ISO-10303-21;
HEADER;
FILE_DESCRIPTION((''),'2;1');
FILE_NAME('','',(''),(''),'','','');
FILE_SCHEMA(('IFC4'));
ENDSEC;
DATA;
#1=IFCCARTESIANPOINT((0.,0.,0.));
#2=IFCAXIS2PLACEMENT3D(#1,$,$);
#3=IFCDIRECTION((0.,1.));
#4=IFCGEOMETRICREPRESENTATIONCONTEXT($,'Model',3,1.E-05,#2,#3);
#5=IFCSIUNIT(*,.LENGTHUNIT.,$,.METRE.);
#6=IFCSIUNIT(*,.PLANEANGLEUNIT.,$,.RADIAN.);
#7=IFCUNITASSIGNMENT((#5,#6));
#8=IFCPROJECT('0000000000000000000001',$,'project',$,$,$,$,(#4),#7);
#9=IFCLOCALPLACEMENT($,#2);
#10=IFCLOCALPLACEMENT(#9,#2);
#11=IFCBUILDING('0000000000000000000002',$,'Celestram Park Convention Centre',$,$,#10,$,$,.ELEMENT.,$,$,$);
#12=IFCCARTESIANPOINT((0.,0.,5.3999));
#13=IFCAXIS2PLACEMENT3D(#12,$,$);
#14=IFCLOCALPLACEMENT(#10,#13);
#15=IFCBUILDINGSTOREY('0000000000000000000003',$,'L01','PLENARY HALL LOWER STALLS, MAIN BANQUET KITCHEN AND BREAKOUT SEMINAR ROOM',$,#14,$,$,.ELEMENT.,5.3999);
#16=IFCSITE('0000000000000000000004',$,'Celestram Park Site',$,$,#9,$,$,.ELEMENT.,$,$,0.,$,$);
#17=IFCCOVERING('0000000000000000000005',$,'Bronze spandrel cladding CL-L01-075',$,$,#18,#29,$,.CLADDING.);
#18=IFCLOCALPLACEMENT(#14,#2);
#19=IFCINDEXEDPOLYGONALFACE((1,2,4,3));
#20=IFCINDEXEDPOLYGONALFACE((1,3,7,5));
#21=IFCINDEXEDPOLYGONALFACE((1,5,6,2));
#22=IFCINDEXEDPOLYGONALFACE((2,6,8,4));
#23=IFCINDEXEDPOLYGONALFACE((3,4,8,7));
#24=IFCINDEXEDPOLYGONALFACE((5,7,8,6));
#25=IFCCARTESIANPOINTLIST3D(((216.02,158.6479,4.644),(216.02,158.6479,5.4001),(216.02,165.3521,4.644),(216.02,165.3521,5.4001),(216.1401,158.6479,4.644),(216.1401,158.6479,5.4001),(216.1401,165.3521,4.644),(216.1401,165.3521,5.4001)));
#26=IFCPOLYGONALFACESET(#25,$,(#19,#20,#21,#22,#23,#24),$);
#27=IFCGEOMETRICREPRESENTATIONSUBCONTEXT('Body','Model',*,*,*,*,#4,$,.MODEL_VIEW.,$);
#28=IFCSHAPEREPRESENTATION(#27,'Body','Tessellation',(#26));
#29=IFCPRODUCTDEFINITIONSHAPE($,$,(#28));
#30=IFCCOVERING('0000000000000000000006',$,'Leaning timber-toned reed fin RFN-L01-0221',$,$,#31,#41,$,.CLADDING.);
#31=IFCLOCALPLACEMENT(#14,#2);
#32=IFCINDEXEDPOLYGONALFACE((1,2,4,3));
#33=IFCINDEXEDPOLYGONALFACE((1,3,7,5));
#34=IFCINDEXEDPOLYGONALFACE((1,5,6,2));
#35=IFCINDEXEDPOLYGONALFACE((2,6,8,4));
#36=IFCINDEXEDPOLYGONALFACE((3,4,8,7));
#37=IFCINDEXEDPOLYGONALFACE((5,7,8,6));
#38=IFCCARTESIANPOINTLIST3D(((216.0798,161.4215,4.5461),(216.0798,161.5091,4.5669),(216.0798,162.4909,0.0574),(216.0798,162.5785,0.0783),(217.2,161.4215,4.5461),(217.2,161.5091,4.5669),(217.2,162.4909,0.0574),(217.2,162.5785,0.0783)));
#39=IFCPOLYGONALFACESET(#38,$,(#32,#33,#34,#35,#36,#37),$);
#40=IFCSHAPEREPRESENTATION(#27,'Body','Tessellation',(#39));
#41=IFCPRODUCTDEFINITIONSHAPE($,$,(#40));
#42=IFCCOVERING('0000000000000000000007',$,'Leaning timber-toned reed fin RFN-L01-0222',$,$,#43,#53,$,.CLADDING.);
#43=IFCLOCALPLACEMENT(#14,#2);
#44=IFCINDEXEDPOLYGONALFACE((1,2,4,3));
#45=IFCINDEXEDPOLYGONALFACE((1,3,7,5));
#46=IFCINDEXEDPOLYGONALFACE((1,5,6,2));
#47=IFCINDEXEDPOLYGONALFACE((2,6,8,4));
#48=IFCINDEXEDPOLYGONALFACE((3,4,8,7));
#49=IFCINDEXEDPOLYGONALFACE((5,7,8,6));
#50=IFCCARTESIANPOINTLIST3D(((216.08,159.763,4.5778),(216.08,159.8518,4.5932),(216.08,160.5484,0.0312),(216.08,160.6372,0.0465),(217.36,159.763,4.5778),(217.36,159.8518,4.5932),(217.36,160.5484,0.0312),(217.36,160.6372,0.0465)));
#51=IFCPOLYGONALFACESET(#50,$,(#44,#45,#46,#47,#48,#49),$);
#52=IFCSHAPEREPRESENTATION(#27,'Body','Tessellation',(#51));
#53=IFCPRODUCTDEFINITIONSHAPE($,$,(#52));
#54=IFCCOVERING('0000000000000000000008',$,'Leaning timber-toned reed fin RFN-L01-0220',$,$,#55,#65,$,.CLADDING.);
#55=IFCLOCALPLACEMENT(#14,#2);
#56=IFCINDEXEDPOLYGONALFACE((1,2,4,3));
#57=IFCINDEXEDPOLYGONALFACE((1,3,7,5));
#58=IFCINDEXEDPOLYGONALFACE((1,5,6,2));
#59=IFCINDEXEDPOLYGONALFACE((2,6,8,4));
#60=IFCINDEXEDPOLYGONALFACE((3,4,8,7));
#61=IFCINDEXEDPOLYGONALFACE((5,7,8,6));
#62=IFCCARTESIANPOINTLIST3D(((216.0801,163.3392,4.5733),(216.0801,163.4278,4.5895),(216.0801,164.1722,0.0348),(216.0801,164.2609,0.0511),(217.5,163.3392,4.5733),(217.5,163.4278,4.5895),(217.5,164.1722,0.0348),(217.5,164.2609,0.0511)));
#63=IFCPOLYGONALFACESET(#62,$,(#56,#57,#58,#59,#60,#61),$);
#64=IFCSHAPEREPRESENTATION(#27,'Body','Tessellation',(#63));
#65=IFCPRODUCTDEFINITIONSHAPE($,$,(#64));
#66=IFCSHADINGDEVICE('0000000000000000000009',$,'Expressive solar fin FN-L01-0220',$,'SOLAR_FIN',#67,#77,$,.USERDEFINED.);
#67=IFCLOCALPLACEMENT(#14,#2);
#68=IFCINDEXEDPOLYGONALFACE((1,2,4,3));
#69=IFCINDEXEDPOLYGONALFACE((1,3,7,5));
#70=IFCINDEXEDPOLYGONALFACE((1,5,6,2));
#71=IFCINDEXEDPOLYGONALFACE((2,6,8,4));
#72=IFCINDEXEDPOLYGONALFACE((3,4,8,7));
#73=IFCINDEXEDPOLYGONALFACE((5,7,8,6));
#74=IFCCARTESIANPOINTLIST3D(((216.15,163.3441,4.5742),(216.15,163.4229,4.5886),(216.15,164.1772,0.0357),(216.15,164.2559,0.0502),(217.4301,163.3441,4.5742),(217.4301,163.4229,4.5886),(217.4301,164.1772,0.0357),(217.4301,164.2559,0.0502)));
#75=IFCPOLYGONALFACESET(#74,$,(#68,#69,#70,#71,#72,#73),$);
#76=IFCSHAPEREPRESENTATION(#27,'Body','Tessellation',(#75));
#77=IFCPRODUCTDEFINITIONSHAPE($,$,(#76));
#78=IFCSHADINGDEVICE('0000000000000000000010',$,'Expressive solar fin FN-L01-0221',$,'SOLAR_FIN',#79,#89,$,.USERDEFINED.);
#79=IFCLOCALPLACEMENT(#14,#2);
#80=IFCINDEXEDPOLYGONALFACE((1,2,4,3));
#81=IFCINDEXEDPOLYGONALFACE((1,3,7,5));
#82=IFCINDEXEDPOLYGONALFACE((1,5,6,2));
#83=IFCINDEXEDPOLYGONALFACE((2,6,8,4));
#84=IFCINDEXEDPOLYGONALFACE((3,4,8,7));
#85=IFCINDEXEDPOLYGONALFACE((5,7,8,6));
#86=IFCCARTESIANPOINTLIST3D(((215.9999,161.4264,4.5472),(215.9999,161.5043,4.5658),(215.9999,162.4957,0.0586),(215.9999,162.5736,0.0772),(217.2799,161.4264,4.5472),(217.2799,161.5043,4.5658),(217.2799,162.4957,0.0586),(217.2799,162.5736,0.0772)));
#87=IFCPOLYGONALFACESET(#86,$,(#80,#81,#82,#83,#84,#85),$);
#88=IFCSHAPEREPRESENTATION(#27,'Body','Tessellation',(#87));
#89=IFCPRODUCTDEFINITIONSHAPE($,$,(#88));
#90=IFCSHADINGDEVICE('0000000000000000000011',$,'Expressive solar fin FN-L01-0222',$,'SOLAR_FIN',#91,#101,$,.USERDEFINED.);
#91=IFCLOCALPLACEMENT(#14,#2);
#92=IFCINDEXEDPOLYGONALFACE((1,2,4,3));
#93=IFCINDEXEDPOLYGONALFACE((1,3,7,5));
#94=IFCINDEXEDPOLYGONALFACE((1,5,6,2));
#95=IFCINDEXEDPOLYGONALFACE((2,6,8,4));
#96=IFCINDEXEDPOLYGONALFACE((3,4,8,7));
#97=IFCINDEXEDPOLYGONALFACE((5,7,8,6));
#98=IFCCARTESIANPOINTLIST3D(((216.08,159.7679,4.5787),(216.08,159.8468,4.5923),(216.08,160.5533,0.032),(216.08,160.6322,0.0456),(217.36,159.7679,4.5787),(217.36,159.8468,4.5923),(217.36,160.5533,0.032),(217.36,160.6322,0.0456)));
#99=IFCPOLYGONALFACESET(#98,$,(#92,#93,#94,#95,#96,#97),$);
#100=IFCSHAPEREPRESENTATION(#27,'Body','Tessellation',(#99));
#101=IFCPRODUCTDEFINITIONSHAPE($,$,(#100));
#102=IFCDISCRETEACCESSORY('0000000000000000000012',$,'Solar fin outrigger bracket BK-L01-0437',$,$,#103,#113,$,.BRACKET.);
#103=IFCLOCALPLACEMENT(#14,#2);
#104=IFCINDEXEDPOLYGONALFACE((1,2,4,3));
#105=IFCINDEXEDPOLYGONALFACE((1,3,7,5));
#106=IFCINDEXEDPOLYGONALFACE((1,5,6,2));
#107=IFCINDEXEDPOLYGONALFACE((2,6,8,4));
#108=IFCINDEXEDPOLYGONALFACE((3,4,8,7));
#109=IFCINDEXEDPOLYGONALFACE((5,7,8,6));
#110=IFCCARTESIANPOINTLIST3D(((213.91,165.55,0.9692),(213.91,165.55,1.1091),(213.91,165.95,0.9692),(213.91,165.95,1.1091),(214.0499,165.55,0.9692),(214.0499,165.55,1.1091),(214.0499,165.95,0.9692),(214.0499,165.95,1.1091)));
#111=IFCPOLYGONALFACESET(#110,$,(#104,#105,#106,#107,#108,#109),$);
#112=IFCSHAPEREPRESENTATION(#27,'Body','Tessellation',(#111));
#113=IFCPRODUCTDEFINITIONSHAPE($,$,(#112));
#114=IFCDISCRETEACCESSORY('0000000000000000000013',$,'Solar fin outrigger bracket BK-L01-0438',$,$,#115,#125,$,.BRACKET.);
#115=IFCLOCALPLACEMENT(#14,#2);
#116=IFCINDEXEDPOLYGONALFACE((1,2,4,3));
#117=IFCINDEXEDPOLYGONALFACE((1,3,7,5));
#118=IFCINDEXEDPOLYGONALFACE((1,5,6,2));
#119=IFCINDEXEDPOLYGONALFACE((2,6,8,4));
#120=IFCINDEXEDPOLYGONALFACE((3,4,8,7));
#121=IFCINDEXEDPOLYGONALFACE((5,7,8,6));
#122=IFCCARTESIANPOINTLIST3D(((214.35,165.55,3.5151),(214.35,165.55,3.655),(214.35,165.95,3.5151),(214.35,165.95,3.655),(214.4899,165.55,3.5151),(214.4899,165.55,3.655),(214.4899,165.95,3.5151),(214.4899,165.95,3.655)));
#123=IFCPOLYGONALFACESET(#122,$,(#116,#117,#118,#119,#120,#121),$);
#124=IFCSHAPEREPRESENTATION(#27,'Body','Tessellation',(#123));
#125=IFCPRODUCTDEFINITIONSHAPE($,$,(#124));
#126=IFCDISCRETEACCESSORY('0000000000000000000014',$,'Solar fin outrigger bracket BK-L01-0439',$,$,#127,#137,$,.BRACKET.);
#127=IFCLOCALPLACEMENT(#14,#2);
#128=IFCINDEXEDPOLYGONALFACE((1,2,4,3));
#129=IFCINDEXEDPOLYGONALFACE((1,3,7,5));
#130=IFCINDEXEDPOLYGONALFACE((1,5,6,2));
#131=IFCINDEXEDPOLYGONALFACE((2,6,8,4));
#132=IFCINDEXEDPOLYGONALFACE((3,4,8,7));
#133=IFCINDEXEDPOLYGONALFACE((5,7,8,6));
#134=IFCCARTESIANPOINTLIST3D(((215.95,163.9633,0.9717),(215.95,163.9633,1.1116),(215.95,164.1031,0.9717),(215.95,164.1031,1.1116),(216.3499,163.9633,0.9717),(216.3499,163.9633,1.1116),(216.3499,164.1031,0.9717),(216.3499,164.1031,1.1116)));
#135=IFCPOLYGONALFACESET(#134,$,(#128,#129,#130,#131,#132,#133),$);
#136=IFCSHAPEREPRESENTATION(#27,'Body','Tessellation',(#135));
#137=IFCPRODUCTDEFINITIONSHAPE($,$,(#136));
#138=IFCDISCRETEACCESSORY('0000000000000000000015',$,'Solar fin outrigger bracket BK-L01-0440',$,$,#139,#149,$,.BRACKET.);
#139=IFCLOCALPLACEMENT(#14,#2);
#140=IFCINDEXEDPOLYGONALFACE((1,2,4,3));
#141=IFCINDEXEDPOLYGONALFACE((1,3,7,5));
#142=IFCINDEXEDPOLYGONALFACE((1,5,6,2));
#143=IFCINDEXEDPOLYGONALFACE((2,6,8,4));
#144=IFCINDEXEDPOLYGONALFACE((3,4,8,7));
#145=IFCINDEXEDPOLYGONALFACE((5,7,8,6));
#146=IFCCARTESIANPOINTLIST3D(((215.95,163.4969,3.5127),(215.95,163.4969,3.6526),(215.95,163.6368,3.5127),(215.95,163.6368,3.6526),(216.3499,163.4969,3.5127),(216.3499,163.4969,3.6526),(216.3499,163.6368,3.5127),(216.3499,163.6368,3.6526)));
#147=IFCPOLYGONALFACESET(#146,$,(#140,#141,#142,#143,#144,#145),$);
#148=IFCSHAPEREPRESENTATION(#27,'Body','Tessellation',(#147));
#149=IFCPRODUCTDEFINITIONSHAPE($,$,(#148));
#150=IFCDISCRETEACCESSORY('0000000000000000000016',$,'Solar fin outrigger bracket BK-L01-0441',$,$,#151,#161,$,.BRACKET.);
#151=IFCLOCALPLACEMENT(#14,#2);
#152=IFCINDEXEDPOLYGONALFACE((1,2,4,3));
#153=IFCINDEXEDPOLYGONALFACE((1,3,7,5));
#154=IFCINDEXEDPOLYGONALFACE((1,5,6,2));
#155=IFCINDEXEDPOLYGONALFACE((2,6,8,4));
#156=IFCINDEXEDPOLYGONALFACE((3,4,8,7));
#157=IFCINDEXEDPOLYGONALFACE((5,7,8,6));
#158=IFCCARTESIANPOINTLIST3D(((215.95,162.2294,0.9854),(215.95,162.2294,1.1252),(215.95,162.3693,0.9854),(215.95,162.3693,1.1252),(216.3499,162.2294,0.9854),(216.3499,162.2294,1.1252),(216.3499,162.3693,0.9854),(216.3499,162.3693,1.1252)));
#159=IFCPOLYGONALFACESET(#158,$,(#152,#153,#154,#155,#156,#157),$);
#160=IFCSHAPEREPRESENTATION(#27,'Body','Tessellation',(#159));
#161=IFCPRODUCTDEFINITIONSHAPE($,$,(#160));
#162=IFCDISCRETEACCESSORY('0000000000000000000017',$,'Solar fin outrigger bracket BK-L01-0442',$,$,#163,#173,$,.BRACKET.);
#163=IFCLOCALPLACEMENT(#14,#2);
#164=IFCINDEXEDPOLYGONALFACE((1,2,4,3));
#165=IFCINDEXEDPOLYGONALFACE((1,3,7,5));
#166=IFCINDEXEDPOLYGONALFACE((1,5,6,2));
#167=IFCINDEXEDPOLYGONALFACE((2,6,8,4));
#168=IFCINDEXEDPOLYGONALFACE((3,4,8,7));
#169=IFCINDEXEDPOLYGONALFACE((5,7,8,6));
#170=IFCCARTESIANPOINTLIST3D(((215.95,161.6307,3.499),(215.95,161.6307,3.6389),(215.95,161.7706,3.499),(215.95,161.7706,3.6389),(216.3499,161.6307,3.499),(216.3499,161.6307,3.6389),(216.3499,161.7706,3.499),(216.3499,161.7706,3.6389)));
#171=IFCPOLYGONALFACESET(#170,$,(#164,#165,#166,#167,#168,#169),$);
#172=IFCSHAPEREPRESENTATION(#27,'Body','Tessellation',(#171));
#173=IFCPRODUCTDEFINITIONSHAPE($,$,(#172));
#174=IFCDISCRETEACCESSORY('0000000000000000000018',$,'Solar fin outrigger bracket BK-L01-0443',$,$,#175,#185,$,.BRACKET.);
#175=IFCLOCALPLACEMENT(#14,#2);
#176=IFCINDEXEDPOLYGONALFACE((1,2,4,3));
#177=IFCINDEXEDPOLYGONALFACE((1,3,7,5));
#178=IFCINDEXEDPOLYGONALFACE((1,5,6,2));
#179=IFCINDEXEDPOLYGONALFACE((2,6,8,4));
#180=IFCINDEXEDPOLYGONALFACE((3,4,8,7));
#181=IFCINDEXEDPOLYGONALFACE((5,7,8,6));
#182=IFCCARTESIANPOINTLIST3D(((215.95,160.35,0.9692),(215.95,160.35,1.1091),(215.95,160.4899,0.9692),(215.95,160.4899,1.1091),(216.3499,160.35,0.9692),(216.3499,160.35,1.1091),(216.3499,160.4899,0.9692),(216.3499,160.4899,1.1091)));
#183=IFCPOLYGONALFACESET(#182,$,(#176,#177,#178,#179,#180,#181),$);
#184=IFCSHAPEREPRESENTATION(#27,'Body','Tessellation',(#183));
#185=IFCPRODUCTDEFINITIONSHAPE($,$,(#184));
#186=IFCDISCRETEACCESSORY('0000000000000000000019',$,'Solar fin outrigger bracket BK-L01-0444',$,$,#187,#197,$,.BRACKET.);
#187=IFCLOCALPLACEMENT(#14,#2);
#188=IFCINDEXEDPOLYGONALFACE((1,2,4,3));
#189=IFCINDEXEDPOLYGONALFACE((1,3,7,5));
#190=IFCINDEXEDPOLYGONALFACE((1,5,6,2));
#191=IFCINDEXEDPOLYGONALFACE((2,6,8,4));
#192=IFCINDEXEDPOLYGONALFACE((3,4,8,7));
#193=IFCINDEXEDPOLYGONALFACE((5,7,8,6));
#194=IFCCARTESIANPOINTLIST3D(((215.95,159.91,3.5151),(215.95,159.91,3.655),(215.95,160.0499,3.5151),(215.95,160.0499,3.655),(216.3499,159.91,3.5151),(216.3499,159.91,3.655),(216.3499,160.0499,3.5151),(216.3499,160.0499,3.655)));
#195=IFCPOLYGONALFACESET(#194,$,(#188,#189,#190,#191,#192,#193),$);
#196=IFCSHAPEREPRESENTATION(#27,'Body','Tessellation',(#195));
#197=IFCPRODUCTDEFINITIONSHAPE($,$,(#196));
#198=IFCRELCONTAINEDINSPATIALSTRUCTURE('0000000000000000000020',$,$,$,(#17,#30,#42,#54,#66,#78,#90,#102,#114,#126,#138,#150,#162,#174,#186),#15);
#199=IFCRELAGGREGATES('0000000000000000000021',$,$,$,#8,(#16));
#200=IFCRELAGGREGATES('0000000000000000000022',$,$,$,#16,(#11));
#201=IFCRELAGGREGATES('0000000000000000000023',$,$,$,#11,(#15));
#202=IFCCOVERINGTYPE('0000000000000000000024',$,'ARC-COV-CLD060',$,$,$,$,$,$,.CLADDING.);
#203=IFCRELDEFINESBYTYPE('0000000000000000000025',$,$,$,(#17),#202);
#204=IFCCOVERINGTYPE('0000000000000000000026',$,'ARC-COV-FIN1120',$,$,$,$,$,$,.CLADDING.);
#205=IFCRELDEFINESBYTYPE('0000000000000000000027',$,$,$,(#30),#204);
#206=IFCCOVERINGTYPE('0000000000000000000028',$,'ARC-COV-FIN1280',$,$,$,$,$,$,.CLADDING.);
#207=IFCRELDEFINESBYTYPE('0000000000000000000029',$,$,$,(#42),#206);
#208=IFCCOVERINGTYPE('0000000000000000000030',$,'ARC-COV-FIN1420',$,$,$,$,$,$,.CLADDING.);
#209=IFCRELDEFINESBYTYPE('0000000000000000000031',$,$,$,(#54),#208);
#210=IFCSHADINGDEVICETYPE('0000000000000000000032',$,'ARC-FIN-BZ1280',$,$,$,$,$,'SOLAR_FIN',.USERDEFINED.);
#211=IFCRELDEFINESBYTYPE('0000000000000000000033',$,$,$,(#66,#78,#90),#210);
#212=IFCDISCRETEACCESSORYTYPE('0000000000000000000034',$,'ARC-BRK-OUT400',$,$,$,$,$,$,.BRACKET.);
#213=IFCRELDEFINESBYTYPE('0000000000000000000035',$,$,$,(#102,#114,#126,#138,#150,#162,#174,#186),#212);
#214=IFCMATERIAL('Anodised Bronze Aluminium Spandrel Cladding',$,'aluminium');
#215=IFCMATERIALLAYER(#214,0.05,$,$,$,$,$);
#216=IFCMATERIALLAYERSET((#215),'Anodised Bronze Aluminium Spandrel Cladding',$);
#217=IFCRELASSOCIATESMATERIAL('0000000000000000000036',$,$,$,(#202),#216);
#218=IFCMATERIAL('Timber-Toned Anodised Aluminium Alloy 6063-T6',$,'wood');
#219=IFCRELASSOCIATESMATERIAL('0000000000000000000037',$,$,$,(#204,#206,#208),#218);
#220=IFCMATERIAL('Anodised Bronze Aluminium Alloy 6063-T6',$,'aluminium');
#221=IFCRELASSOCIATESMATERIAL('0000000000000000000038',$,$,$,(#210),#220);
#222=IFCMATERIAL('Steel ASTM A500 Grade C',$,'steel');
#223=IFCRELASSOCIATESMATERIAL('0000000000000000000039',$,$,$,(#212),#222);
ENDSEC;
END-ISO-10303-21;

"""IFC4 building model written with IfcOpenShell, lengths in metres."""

from ifc_helpers import new_model, si_unit, direction, frame, origin, origin_2d, place, context, subcontext, project, spatial, rectangle, extrude, material, layer, layer_set, material_profile, profile_set, type_object, element, save


model = new_model("IFC4")

# Units and contexts
model_context = context("Model", 3, precision=1e-05, world=origin(), true_north=direction((0.0, 1.0)))
body_context = subcontext(model_context, "Body", "Model", "MODEL_VIEW")
ifc_project = project(units=[si_unit("LENGTHUNIT", "METRE"), si_unit("PLANEANGLEUNIT", "RADIAN")], contexts=[model_context])

# Site, building, storey
site_placement = place(None, origin())
site = spatial("IfcSite", under=ifc_project, at=site_placement, Name="Celestram Park Site", CompositionType="ELEMENT", RefElevation=0.0)
building_placement = place(site_placement, origin())
building = spatial("IfcBuilding", under=site, at=building_placement, Name="Celestram Park Convention Centre", CompositionType="ELEMENT")
storey_placement = place(building_placement, frame((0.0, 0.0, 5.3999)))
storey = spatial("IfcBuildingStorey", under=building, at=storey_placement, Name="L01", Description="PLENARY HALL LOWER STALLS, MAIN BANQUET KITCHEN AND BREAKOUT SEMINAR ROOM", CompositionType="ELEMENT", Elevation=5.3999)

# Shared definitions
ifc_material_1 = material(Name="Steel ASTM A500 Grade C", Category="steel")

# Coverings
ifc_material_2 = material(Name="Anodised Bronze Aluminium Spandrel Cladding", Category="aluminium")
ifc_layer_1 = layer(ifc_material_2, 0.05)
ifc_layer_set_1 = layer_set([ifc_layer_1], Name="Anodised Bronze Aluminium Spandrel Cladding")
covering_type_1 = type_object("IfcCoveringType", Name="ARC-COV-CLD060", PredefinedType="CLADDING", material=ifc_layer_set_1)
covering_1_placement = place(storey_placement, frame((216.0801, 162.0, 4.644), z_axis=(0.0, 0.0, 1.0), x_axis=(0.0, -1.0, 0.0)))
element("IfcCovering", 1, at=covering_1_placement, inside=storey, type_object=covering_type_1, Name="Bronze spandrel cladding CL-L01-075", PredefinedType="CLADDING", context=body_context, shape_type="SweptSolid", body=[
    extrude(rectangle(XDim=6.7041, YDim=0.1201, at=origin_2d()), origin(), (0.0, 0.0, 1.0), 0.7561),
])
ifc_material_3 = material(Name="Timber-Toned Anodised Aluminium Alloy 6063-T6", Category="wood")
ifc_material_profile_1 = material_profile(ifc_material_3, rectangle(XDim=1.1201, YDim=0.0901, at=origin_2d()), Name="REED1120X90")
ifc_profile_set_1 = profile_set([ifc_material_profile_1], Name="Timber-Toned Anodised Aluminium Alloy 6063-T6")
covering_type_2 = type_object("IfcCoveringType", Name="ARC-COV-FIN1120", PredefinedType="CLADDING", material=ifc_profile_set_1)
covering_2_placement = place(storey_placement, frame((216.6399, 162.5347, 0.0679), z_axis=(0.0, -0.231752, 0.972775), x_axis=(1.0, 0.0, 0.0)))
element("IfcCovering", 2, at=covering_2_placement, inside=storey, type_object=covering_type_2, Name="Leaning timber-toned reed fin RFN-L01-0221", PredefinedType="CLADDING", context=body_context, shape_type="SweptSolid", body=[
    extrude(rectangle(XDim=1.1201, YDim=0.0901, at=origin_2d()), origin(), (0.0, 0.0, 1.0), 4.6143),
])
ifc_material_profile_2 = material_profile(ifc_material_3, rectangle(XDim=1.28, YDim=0.0901, at=origin_2d()), Name="REED1280X90")
ifc_profile_set_2 = profile_set([ifc_material_profile_2], Name="Timber-Toned Anodised Aluminium Alloy 6063-T6")
covering_type_3 = type_object("IfcCoveringType", Name="ARC-COV-FIN1280", PredefinedType="CLADDING", material=ifc_profile_set_2)
covering_3_placement = place(storey_placement, frame((216.72, 160.5928, 0.0388), z_axis=(0.0, -0.170222, 0.985406), x_axis=(1.0, 0.0, 0.0)))
element("IfcCovering", 3, at=covering_3_placement, inside=storey, type_object=covering_type_3, Name="Leaning timber-toned reed fin RFN-L01-0222", PredefinedType="CLADDING", context=body_context, shape_type="SweptSolid", body=[
    extrude(rectangle(XDim=1.28, YDim=0.0901, at=origin_2d()), origin(), (0.0, 0.0, 1.0), 4.614),
])
ifc_material_profile_3 = material_profile(ifc_material_3, rectangle(XDim=1.4199, YDim=0.0901, at=origin_2d()), Name="REED1420X90")
ifc_profile_set_3 = profile_set([ifc_material_profile_3], Name="Timber-Toned Anodised Aluminium Alloy 6063-T6")
covering_type_4 = type_object("IfcCoveringType", Name="ARC-COV-FIN1420", PredefinedType="CLADDING", material=ifc_profile_set_3)
covering_4_placement = place(storey_placement, frame((216.79, 164.2166, 0.043), z_axis=(0.0, -0.180533, 0.983569), x_axis=(1.0, 0.0, 0.0)))
element("IfcCovering", 4, at=covering_4_placement, inside=storey, type_object=covering_type_4, Name="Leaning timber-toned reed fin RFN-L01-0220", PredefinedType="CLADDING", context=body_context, shape_type="SweptSolid", body=[
    extrude(rectangle(XDim=1.4199, YDim=0.0901, at=origin_2d()), origin(), (0.0, 0.0, 1.0), 4.6143),
])

# Shading devices
ifc_material_4 = material(Name="Anodised Bronze Aluminium Alloy 6063-T6", Category="aluminium")
ifc_material_profile_4 = material_profile(ifc_material_4, rectangle(XDim=1.28, YDim=0.0801, at=origin_2d()), Name="FIN1280X80")
ifc_profile_set_4 = profile_set([ifc_material_profile_4], Name="Anodised Bronze Aluminium Alloy 6063-T6")
shading_device_type = type_object("IfcShadingDeviceType", Name="ARC-FIN-BZ1280", ElementType="SOLAR_FIN", PredefinedType="USERDEFINED", material=ifc_profile_set_4)
for number, where, z_axis, x_axis, name in (
    (5, (216.79, 164.2166, 0.043), (0.0, -0.180533, 0.983569), (1.0, 0.0, 0.0), "Expressive solar fin FN-L01-0220"),
    (6, (216.6399, 162.5347, 0.0679), (0.0, -0.231752, 0.972775), (1.0, 0.0, 0.0), "Expressive solar fin FN-L01-0221"),
):
    element("IfcShadingDevice", number, at=place(storey_placement, frame(where, z_axis=z_axis, x_axis=x_axis)), inside=storey, type_object=shading_device_type, Name=name, ObjectType="SOLAR_FIN", PredefinedType="USERDEFINED", context=body_context, shape_type="SweptSolid", body=[
        extrude(rectangle(XDim=1.28, YDim=0.0801, at=origin_2d()), origin(), (0.0, 0.0, 1.0), 4.6143),
    ])
shading_device_placement = place(storey_placement, frame((216.72, 160.5928, 0.0388), z_axis=(0.0, -0.170222, 0.985406), x_axis=(1.0, 0.0, 0.0)))
element("IfcShadingDevice", 7, at=shading_device_placement, inside=storey, type_object=shading_device_type, Name="Expressive solar fin FN-L01-0222", ObjectType="SOLAR_FIN", PredefinedType="USERDEFINED", context=body_context, shape_type="SweptSolid", body=[
    extrude(rectangle(XDim=1.28, YDim=0.0801, at=origin_2d()), origin(), (0.0, 0.0, 1.0), 4.614),
])

# Discrete accessories
discrete_accessory_type = type_object("IfcDiscreteAccessoryType", Name="ARC-BRK-OUT400", PredefinedType="BRACKET", material=ifc_material_1)
for number, where, z_axis, x_axis, name in (
    (8, (213.98, 165.75, 0.9692), (0.0, 0.0, 1.0), (0.0, 1.0, 0.0), "Solar fin outrigger bracket BK-L01-0437"),
    (9, (214.4199, 165.75, 3.5151), (0.0, 0.0, 1.0), (0.0, 1.0, 0.0), "Solar fin outrigger bracket BK-L01-0438"),
    (10, (216.1499, 164.0332, 0.9717), (0.0, 0.0, 1.0), (1.0, 0.0, 0.0), "Solar fin outrigger bracket BK-L01-0439"),
    (11, (216.1499, 163.5669, 3.5127), (0.0, 0.0, 1.0), (1.0, 0.0, 0.0), "Solar fin outrigger bracket BK-L01-0440"),
    (12, (216.1499, 162.2993, 0.9854), (0.0, 0.0, 1.0), (1.0, 0.0, 0.0), "Solar fin outrigger bracket BK-L01-0441"),
    (13, (216.1499, 161.7007, 3.499), (0.0, 0.0, 1.0), (1.0, 0.0, 0.0), "Solar fin outrigger bracket BK-L01-0442"),
    (14, (216.1499, 160.4199, 0.9692), (0.0, 0.0, 1.0), (1.0, 0.0, 0.0), "Solar fin outrigger bracket BK-L01-0443"),
    (15, (216.1499, 159.98, 3.5151), (0.0, 0.0, 1.0), (1.0, 0.0, 0.0), "Solar fin outrigger bracket BK-L01-0444"),
):
    element("IfcDiscreteAccessory", number, at=place(storey_placement, frame(where, z_axis=z_axis, x_axis=x_axis)), inside=storey, type_object=discrete_accessory_type, Name=name, PredefinedType="BRACKET", context=body_context, shape_type="SweptSolid", body=[
        extrude(rectangle(XDim=0.3999, YDim=0.1399, at=origin_2d()), origin(), (0.0, 0.0, 1.0), 0.1399),
    ])

save(model, "model.ifc")
